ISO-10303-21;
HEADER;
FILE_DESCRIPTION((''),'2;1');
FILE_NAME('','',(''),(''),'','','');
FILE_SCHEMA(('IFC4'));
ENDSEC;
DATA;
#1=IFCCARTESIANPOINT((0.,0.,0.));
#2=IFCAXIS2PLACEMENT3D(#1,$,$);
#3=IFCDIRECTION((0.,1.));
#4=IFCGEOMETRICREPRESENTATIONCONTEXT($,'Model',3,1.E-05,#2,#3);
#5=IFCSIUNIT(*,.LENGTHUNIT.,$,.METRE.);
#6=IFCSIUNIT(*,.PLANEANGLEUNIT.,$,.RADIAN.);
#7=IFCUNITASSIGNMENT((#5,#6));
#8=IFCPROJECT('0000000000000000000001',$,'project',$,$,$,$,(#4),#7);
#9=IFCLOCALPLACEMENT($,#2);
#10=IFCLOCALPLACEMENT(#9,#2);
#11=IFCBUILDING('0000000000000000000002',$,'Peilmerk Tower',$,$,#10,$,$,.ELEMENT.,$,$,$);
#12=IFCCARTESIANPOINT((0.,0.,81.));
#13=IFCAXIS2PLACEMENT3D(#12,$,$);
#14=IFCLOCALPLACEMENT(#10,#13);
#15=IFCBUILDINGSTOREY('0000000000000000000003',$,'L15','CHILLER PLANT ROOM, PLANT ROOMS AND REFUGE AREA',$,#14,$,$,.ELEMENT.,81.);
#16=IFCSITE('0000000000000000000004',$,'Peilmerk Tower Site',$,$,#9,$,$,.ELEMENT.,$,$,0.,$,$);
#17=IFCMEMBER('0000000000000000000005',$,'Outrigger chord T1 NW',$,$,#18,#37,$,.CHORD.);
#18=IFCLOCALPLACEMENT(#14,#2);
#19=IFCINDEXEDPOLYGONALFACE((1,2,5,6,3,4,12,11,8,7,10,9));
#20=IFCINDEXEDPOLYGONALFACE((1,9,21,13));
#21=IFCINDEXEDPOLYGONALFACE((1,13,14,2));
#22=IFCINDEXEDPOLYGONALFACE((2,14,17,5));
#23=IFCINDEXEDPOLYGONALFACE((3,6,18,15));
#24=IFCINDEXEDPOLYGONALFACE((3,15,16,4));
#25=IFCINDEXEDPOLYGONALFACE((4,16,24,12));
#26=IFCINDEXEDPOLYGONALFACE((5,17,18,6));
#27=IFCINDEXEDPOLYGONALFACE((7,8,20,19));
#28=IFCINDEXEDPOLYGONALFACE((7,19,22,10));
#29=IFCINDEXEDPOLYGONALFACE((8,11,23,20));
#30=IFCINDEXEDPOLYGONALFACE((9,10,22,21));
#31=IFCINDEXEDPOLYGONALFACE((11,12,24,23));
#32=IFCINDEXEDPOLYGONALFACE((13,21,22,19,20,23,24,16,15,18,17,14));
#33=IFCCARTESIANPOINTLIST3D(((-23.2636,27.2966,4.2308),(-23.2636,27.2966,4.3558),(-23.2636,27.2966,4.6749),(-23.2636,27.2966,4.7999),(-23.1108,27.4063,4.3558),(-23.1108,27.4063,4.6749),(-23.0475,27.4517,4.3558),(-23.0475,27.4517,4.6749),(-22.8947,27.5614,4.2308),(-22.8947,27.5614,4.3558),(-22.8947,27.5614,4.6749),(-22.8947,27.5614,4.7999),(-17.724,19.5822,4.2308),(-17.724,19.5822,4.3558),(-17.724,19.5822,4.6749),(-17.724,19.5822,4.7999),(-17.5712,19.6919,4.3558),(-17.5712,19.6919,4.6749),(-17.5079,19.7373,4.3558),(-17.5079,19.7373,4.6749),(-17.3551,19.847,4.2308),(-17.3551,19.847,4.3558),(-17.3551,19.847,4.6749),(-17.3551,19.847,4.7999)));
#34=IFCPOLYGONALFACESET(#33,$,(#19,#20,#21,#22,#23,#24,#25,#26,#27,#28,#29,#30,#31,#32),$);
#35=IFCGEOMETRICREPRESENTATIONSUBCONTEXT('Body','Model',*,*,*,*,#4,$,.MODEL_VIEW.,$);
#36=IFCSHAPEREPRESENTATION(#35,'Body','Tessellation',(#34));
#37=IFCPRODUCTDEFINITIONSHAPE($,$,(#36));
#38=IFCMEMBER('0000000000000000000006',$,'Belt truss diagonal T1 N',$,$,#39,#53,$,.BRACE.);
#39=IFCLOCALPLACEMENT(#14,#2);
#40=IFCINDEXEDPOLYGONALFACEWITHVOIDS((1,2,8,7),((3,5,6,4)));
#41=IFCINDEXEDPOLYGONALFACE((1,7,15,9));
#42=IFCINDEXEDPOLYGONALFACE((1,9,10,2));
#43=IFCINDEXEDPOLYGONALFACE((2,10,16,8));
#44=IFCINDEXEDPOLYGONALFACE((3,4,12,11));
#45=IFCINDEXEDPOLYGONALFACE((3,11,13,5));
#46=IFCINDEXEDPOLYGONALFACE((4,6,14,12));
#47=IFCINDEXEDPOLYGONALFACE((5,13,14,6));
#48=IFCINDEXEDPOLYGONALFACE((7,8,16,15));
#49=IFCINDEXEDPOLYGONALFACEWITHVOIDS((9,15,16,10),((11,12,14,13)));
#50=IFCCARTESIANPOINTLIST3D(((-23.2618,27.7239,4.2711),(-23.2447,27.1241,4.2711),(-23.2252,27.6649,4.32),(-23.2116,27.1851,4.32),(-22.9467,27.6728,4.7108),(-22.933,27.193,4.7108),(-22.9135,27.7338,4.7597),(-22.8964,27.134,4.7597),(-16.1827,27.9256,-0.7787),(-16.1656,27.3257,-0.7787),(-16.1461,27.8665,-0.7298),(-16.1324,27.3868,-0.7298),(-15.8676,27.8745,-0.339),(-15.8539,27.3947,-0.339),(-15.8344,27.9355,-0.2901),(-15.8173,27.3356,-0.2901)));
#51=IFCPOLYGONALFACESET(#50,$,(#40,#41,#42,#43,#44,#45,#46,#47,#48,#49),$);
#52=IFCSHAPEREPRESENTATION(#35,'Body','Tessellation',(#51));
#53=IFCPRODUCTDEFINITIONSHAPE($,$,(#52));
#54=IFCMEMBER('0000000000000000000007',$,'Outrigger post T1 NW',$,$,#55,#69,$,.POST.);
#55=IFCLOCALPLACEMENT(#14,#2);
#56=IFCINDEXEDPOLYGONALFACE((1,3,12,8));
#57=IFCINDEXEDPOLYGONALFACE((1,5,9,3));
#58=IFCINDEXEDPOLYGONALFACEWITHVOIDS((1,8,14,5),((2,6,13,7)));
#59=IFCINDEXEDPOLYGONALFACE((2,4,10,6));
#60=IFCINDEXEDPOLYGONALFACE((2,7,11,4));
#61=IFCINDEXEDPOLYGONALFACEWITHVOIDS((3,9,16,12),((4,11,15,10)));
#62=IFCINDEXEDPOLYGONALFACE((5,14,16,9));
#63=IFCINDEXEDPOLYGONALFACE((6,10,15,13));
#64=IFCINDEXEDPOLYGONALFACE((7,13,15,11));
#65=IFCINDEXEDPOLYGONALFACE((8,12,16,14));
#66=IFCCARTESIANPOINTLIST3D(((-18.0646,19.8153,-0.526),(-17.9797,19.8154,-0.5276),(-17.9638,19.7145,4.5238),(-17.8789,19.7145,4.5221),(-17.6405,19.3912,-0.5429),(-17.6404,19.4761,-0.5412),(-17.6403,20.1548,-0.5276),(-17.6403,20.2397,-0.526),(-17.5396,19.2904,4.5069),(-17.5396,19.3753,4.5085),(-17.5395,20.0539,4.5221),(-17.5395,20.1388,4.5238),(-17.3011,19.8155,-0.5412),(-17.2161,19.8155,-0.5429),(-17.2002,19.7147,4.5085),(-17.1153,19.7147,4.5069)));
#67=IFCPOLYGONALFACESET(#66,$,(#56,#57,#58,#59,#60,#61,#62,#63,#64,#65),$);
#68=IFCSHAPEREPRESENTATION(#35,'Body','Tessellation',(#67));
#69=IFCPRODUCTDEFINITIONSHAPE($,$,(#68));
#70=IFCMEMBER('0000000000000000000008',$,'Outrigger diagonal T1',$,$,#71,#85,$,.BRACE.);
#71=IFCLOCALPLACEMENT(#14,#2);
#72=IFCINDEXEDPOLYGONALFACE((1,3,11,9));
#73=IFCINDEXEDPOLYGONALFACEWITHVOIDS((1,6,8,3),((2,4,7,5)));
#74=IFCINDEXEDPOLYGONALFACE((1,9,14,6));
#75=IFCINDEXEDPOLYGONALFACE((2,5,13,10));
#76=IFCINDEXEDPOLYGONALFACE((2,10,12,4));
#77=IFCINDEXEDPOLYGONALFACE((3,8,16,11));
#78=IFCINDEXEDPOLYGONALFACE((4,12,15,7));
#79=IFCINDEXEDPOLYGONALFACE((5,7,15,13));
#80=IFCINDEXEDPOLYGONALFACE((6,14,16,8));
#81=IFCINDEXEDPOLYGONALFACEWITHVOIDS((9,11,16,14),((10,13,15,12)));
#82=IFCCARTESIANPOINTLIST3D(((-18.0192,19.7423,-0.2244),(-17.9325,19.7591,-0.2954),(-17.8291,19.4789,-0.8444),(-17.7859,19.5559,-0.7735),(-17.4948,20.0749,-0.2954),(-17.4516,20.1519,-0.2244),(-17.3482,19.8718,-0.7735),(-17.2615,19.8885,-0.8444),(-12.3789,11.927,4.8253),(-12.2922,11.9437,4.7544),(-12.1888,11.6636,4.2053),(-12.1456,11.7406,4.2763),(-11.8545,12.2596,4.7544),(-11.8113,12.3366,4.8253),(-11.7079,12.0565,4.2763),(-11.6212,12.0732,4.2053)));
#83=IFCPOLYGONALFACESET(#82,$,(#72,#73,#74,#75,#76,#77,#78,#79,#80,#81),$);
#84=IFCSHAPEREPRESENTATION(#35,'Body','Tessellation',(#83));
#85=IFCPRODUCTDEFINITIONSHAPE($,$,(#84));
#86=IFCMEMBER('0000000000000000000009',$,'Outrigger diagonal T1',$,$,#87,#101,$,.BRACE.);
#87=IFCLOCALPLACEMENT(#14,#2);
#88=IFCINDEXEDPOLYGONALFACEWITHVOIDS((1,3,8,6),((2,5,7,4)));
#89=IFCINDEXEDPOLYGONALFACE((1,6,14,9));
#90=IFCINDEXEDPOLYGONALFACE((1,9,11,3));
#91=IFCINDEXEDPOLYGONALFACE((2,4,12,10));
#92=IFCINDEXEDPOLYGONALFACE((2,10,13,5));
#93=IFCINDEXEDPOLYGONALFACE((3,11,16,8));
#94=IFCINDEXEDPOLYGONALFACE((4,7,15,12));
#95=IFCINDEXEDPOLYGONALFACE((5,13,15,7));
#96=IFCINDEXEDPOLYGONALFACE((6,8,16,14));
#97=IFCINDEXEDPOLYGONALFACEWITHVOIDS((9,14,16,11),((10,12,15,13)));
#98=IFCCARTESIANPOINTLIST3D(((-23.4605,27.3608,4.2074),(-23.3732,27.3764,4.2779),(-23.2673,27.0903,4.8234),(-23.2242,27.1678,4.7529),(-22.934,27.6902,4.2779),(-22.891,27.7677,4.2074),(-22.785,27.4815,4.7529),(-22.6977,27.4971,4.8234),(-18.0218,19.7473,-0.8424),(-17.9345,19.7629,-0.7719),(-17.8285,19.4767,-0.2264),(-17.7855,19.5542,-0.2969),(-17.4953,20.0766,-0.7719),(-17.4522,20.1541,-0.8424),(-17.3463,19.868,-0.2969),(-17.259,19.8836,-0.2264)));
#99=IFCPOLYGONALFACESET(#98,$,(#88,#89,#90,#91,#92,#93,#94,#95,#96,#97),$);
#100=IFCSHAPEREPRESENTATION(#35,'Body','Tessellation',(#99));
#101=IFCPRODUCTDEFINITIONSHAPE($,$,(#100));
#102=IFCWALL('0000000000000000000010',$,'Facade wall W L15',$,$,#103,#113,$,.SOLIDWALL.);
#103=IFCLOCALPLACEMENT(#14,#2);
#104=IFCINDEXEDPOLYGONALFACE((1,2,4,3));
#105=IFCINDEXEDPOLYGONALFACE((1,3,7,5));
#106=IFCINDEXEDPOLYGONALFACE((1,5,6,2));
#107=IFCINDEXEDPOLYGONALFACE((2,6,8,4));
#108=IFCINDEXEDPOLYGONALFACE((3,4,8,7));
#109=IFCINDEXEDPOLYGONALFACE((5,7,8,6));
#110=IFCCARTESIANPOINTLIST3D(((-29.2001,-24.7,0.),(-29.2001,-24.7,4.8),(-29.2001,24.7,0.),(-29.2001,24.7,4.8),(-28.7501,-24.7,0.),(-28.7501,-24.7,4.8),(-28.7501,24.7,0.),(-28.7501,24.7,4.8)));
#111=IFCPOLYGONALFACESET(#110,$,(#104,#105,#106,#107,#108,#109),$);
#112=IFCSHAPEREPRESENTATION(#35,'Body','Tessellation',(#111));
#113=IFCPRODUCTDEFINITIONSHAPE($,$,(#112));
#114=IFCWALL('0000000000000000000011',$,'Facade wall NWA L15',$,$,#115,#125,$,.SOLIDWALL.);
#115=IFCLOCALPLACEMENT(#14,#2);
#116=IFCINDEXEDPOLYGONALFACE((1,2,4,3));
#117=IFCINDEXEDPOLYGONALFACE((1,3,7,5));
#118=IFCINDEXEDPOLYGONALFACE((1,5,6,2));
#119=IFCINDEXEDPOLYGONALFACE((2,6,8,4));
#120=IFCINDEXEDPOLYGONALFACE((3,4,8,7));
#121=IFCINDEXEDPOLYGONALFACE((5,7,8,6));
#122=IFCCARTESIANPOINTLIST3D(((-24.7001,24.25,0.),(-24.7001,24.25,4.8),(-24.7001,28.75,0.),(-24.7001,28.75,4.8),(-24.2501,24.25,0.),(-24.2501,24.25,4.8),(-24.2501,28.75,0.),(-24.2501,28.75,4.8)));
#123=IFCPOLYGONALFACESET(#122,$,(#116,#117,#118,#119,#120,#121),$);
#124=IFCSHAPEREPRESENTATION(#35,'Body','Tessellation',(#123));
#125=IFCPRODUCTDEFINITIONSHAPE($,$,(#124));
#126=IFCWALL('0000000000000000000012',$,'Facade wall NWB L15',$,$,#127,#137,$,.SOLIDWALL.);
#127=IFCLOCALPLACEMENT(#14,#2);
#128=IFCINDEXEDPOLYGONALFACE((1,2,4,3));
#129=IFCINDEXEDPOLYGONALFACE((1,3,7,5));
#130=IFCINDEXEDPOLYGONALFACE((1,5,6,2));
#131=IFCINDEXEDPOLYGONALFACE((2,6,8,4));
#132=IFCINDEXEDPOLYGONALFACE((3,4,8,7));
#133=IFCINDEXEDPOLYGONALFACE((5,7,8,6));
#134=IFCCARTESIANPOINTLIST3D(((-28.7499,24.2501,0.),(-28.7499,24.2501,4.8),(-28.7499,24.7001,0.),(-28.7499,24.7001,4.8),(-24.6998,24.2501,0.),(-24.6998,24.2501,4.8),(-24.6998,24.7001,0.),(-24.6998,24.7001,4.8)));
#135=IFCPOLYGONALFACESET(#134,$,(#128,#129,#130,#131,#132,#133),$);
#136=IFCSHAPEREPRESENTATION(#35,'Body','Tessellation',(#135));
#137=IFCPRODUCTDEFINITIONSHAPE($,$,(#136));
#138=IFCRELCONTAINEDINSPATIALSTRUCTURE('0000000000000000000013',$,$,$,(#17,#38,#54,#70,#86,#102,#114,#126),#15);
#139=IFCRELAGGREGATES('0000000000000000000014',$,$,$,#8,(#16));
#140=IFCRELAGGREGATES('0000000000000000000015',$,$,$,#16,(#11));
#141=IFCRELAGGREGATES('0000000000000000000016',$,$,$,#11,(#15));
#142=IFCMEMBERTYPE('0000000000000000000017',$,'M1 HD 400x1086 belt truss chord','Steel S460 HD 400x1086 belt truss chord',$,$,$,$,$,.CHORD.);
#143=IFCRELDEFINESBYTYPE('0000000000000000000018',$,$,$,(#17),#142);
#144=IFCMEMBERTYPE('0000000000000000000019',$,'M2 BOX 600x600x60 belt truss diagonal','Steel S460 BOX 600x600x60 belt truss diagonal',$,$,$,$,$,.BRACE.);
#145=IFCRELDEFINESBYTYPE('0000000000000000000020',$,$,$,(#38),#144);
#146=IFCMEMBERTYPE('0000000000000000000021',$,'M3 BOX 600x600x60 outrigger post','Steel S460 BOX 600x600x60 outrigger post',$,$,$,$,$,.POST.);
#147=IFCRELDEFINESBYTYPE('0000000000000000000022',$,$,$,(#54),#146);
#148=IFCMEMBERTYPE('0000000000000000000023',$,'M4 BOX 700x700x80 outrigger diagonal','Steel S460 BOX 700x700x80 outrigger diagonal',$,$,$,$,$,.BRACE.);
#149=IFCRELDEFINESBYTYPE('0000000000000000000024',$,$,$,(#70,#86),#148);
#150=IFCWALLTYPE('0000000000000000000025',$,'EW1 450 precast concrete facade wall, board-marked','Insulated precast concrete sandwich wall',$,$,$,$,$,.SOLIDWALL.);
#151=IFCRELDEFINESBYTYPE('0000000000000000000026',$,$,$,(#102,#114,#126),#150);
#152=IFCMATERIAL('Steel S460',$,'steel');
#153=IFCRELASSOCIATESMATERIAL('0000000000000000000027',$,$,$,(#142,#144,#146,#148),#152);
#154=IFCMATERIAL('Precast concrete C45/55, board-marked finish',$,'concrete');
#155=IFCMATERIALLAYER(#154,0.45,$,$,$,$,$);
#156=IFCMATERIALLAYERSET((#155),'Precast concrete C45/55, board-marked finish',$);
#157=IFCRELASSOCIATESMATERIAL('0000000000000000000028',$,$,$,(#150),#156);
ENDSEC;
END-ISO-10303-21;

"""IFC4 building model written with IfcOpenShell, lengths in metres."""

from ifc_helpers import new_model, si_unit, direction, frame, frame_2d, origin, origin_2d, place, context, subcontext, project, spatial, rectangle, hollow_rectangle, i_section, extrude, material, layer, layer_set, material_profile, profile_set, type_object, element, save


model = new_model("IFC4")

# Units and contexts
model_context = context("Model", 3, precision=1e-05, world=origin(), true_north=direction((0.0, 1.0)))
body_context = subcontext(model_context, "Body", "Model", "MODEL_VIEW")
ifc_project = project(units=[si_unit("LENGTHUNIT", "METRE"), si_unit("PLANEANGLEUNIT", "RADIAN")], contexts=[model_context])

# Site, building, storey
site_placement = place(None, origin())
site = spatial("IfcSite", under=ifc_project, at=site_placement, Name="Peilmerk Tower Site", CompositionType="ELEMENT", RefElevation=0.0)
building_placement = place(site_placement, origin())
building = spatial("IfcBuilding", under=site, at=building_placement, Name="Peilmerk Tower", CompositionType="ELEMENT")
storey_placement = place(building_placement, frame((0.0, 0.0, 81.0)))
storey = spatial("IfcBuildingStorey", under=building, at=storey_placement, Name="L15", Description="CHILLER PLANT ROOM, PLANT ROOMS AND REFUGE AREA", CompositionType="ELEMENT", Elevation=81.0)

# Shared definitions
ifc_material_1 = material(Name="Steel S460", Category="steel")

# Members
ifc_material_profile_1 = material_profile(ifc_material_1, i_section(OverallWidth=0.4541, OverallDepth=0.5691, WebThickness=0.0779, FlangeThickness=0.125, at=origin_2d()), Name="HD 400x1086")
ifc_profile_set_1 = profile_set([ifc_material_profile_1], Name="Steel S460")
member_type_1 = type_object("IfcMemberType", Name="M1 HD 400x1086 belt truss chord", Description="Steel S460 HD 400x1086 belt truss chord", PredefinedType="CHORD", material=ifc_profile_set_1)
member_1_placement = place(storey_placement, frame((-17.5396, 19.7146, 4.5154), z_axis=(-0.583279, 0.812272, 0.0), x_axis=(-0.812272, -0.583279, 0.0)))
element("IfcMember", 1, at=member_1_placement, inside=storey, type_object=member_type_1, Name="Outrigger chord T1 NW", PredefinedType="CHORD", context=body_context, shape_type="SweptSolid", body=[
    extrude(i_section(OverallWidth=0.4541, OverallDepth=0.5691, WebThickness=0.0779, FlangeThickness=0.125, at=origin_2d()), origin(), (0.0, 0.0, 1.0), 9.4973),
])
ifc_material_profile_2 = material_profile(ifc_material_1, hollow_rectangle(XDim=0.6001, YDim=0.6001, WallThickness=0.0601, at=origin_2d()), Name="BOX 600x600x60")
ifc_profile_set_2 = profile_set([ifc_material_profile_2], Name="Steel S460")
member_type_2 = type_object("IfcMemberType", Name="M2 BOX 600x600x60 belt truss diagonal", Description="Steel S460 BOX 600x600x60 belt truss diagonal", PredefinedType="BRACE", material=ifc_profile_set_2)
member_2_placement = place(storey_placement, frame((-16.0, 27.6306, -0.5344), z_axis=(-0.813879, -0.023185, 0.580572), x_axis=(0.028475, -0.999595, 0.0)))
element("IfcMember", 2, at=member_2_placement, inside=storey, type_object=member_type_2, Name="Belt truss diagonal T1 N", PredefinedType="BRACE", context=body_context, shape_type="SweptSolid", body=[
    extrude(hollow_rectangle(XDim=0.6001, YDim=0.6001, WallThickness=0.0601, at=origin_2d()), origin(), (0.0, 0.0, 1.0), 8.698),
])
ifc_material_profile_3 = material_profile(ifc_material_1, hollow_rectangle(XDim=0.6001, YDim=0.6001, WallThickness=0.0601, at=origin_2d()), Name="BOX 600x600x60")
ifc_profile_set_3 = profile_set([ifc_material_profile_3], Name="Steel S460")
member_type_3 = type_object("IfcMemberType", Name="M3 BOX 600x600x60 outrigger post", Description="Steel S460 BOX 600x600x60 outrigger post", PredefinedType="POST", material=ifc_profile_set_3)
member_3_placement = place(storey_placement, frame((-17.6404, 19.8154, -0.5344), z_axis=(0.019959, -0.019959, 0.999602), x_axis=(0.707107, 0.707107, 0.0)))
element("IfcMember", 3, at=member_3_placement, inside=storey, type_object=member_type_3, Name="Outrigger post T1 NW", PredefinedType="POST", context=body_context, shape_type="SweptSolid", body=[
    extrude(hollow_rectangle(XDim=0.6001, YDim=0.6001, WallThickness=0.0601, at=origin_2d()), origin(), (0.0, 0.0, 1.0), 5.0518),
])
ifc_material_profile_4 = material_profile(ifc_material_1, hollow_rectangle(XDim=0.7, YDim=0.7, WallThickness=0.0801, at=origin_2d()), Name="BOX 700x700x80")
ifc_profile_set_4 = profile_set([ifc_material_profile_4], Name="Steel S460")
member_type_4 = type_object("IfcMemberType", Name="M4 BOX 700x700x80 outrigger diagonal", Description="Steel S460 BOX 700x700x80 outrigger diagonal", PredefinedType="BRACE", material=ifc_profile_set_4)
member_4_placement = place(storey_placement, frame((-17.6404, 19.8154, -0.5344), z_axis=(0.518371, -0.718266, 0.464095), x_axis=(0.810881, 0.585211, 0.0)))
element("IfcMember", 4, at=member_4_placement, inside=storey, type_object=member_type_4, Name="Outrigger diagonal T1", PredefinedType="BRACE", context=body_context, shape_type="SweptSolid", body=[
    extrude(hollow_rectangle(XDim=0.7, YDim=0.7, WallThickness=0.0801, at=origin_2d()), origin(), (0.0, 0.0, 1.0), 10.8809),
])
member_5_placement = place(storey_placement, frame((-17.6404, 19.8154, -0.5344), z_axis=(-0.511528, 0.716075, 0.474949), x_axis=(-0.813709, -0.581273, 0.0)))
element("IfcMember", 5, at=member_5_placement, inside=storey, type_object=member_type_4, Name="Outrigger diagonal T1", PredefinedType="BRACE", context=body_context, shape_type="SweptSolid", body=[
    extrude(hollow_rectangle(XDim=0.7, YDim=0.7, WallThickness=0.0801, at=origin_2d()), origin(), (0.0, 0.0, 1.0), 10.6323),
])

# Walls
ifc_material_2 = material(Name="Precast concrete C45/55, board-marked finish", Category="concrete")
ifc_layer = layer(ifc_material_2, 0.45)
ifc_layer_set = layer_set([ifc_layer], Name="Precast concrete C45/55, board-marked finish")
wall_type = type_object("IfcWallType", Name="EW1 450 precast concrete facade wall, board-marked", Description="Insulated precast concrete sandwich wall", PredefinedType="SOLIDWALL", material=ifc_layer_set)
wall_1_placement = place(storey_placement, frame((-28.9751, 24.7, 0.0), z_axis=(0.0, 0.0, 1.0), x_axis=(0.0, -1.0, 0.0)))
element("IfcWall", 6, at=wall_1_placement, inside=storey, type_object=wall_type, Name="Facade wall W L15", PredefinedType="SOLIDWALL", context=body_context, shape_type="SweptSolid", body=[
    extrude(rectangle(XDim=49.3999, YDim=0.45, at=frame_2d((24.7, 0.0))), origin(), (0.0, 0.0, 1.0), 4.8),
])
wall_2_placement = place(storey_placement, frame((-24.4751, 24.25, 0.0), z_axis=(0.0, 0.0, 1.0), x_axis=(0.0, 1.0, 0.0)))
element("IfcWall", 7, at=wall_2_placement, inside=storey, type_object=wall_type, Name="Facade wall NWA L15", PredefinedType="SOLIDWALL", context=body_context, shape_type="SweptSolid", body=[
    extrude(rectangle(XDim=4.5, YDim=0.45, at=frame_2d((2.25, 0.0))), origin(), (0.0, 0.0, 1.0), 4.8),
])
wall_3_placement = place(storey_placement, frame((-24.7, 24.4751, 0.0), z_axis=(0.0, 0.0, 1.0), x_axis=(-1.0, 0.0, 0.0)))
element("IfcWall", 8, at=wall_3_placement, inside=storey, type_object=wall_type, Name="Facade wall NWB L15", PredefinedType="SOLIDWALL", context=body_context, shape_type="SweptSolid", body=[
    extrude(rectangle(XDim=4.05, YDim=0.45, at=frame_2d((2.0249, 0.0))), origin(), (0.0, 0.0, 1.0), 4.8),
])

save(model, "model.ifc")
